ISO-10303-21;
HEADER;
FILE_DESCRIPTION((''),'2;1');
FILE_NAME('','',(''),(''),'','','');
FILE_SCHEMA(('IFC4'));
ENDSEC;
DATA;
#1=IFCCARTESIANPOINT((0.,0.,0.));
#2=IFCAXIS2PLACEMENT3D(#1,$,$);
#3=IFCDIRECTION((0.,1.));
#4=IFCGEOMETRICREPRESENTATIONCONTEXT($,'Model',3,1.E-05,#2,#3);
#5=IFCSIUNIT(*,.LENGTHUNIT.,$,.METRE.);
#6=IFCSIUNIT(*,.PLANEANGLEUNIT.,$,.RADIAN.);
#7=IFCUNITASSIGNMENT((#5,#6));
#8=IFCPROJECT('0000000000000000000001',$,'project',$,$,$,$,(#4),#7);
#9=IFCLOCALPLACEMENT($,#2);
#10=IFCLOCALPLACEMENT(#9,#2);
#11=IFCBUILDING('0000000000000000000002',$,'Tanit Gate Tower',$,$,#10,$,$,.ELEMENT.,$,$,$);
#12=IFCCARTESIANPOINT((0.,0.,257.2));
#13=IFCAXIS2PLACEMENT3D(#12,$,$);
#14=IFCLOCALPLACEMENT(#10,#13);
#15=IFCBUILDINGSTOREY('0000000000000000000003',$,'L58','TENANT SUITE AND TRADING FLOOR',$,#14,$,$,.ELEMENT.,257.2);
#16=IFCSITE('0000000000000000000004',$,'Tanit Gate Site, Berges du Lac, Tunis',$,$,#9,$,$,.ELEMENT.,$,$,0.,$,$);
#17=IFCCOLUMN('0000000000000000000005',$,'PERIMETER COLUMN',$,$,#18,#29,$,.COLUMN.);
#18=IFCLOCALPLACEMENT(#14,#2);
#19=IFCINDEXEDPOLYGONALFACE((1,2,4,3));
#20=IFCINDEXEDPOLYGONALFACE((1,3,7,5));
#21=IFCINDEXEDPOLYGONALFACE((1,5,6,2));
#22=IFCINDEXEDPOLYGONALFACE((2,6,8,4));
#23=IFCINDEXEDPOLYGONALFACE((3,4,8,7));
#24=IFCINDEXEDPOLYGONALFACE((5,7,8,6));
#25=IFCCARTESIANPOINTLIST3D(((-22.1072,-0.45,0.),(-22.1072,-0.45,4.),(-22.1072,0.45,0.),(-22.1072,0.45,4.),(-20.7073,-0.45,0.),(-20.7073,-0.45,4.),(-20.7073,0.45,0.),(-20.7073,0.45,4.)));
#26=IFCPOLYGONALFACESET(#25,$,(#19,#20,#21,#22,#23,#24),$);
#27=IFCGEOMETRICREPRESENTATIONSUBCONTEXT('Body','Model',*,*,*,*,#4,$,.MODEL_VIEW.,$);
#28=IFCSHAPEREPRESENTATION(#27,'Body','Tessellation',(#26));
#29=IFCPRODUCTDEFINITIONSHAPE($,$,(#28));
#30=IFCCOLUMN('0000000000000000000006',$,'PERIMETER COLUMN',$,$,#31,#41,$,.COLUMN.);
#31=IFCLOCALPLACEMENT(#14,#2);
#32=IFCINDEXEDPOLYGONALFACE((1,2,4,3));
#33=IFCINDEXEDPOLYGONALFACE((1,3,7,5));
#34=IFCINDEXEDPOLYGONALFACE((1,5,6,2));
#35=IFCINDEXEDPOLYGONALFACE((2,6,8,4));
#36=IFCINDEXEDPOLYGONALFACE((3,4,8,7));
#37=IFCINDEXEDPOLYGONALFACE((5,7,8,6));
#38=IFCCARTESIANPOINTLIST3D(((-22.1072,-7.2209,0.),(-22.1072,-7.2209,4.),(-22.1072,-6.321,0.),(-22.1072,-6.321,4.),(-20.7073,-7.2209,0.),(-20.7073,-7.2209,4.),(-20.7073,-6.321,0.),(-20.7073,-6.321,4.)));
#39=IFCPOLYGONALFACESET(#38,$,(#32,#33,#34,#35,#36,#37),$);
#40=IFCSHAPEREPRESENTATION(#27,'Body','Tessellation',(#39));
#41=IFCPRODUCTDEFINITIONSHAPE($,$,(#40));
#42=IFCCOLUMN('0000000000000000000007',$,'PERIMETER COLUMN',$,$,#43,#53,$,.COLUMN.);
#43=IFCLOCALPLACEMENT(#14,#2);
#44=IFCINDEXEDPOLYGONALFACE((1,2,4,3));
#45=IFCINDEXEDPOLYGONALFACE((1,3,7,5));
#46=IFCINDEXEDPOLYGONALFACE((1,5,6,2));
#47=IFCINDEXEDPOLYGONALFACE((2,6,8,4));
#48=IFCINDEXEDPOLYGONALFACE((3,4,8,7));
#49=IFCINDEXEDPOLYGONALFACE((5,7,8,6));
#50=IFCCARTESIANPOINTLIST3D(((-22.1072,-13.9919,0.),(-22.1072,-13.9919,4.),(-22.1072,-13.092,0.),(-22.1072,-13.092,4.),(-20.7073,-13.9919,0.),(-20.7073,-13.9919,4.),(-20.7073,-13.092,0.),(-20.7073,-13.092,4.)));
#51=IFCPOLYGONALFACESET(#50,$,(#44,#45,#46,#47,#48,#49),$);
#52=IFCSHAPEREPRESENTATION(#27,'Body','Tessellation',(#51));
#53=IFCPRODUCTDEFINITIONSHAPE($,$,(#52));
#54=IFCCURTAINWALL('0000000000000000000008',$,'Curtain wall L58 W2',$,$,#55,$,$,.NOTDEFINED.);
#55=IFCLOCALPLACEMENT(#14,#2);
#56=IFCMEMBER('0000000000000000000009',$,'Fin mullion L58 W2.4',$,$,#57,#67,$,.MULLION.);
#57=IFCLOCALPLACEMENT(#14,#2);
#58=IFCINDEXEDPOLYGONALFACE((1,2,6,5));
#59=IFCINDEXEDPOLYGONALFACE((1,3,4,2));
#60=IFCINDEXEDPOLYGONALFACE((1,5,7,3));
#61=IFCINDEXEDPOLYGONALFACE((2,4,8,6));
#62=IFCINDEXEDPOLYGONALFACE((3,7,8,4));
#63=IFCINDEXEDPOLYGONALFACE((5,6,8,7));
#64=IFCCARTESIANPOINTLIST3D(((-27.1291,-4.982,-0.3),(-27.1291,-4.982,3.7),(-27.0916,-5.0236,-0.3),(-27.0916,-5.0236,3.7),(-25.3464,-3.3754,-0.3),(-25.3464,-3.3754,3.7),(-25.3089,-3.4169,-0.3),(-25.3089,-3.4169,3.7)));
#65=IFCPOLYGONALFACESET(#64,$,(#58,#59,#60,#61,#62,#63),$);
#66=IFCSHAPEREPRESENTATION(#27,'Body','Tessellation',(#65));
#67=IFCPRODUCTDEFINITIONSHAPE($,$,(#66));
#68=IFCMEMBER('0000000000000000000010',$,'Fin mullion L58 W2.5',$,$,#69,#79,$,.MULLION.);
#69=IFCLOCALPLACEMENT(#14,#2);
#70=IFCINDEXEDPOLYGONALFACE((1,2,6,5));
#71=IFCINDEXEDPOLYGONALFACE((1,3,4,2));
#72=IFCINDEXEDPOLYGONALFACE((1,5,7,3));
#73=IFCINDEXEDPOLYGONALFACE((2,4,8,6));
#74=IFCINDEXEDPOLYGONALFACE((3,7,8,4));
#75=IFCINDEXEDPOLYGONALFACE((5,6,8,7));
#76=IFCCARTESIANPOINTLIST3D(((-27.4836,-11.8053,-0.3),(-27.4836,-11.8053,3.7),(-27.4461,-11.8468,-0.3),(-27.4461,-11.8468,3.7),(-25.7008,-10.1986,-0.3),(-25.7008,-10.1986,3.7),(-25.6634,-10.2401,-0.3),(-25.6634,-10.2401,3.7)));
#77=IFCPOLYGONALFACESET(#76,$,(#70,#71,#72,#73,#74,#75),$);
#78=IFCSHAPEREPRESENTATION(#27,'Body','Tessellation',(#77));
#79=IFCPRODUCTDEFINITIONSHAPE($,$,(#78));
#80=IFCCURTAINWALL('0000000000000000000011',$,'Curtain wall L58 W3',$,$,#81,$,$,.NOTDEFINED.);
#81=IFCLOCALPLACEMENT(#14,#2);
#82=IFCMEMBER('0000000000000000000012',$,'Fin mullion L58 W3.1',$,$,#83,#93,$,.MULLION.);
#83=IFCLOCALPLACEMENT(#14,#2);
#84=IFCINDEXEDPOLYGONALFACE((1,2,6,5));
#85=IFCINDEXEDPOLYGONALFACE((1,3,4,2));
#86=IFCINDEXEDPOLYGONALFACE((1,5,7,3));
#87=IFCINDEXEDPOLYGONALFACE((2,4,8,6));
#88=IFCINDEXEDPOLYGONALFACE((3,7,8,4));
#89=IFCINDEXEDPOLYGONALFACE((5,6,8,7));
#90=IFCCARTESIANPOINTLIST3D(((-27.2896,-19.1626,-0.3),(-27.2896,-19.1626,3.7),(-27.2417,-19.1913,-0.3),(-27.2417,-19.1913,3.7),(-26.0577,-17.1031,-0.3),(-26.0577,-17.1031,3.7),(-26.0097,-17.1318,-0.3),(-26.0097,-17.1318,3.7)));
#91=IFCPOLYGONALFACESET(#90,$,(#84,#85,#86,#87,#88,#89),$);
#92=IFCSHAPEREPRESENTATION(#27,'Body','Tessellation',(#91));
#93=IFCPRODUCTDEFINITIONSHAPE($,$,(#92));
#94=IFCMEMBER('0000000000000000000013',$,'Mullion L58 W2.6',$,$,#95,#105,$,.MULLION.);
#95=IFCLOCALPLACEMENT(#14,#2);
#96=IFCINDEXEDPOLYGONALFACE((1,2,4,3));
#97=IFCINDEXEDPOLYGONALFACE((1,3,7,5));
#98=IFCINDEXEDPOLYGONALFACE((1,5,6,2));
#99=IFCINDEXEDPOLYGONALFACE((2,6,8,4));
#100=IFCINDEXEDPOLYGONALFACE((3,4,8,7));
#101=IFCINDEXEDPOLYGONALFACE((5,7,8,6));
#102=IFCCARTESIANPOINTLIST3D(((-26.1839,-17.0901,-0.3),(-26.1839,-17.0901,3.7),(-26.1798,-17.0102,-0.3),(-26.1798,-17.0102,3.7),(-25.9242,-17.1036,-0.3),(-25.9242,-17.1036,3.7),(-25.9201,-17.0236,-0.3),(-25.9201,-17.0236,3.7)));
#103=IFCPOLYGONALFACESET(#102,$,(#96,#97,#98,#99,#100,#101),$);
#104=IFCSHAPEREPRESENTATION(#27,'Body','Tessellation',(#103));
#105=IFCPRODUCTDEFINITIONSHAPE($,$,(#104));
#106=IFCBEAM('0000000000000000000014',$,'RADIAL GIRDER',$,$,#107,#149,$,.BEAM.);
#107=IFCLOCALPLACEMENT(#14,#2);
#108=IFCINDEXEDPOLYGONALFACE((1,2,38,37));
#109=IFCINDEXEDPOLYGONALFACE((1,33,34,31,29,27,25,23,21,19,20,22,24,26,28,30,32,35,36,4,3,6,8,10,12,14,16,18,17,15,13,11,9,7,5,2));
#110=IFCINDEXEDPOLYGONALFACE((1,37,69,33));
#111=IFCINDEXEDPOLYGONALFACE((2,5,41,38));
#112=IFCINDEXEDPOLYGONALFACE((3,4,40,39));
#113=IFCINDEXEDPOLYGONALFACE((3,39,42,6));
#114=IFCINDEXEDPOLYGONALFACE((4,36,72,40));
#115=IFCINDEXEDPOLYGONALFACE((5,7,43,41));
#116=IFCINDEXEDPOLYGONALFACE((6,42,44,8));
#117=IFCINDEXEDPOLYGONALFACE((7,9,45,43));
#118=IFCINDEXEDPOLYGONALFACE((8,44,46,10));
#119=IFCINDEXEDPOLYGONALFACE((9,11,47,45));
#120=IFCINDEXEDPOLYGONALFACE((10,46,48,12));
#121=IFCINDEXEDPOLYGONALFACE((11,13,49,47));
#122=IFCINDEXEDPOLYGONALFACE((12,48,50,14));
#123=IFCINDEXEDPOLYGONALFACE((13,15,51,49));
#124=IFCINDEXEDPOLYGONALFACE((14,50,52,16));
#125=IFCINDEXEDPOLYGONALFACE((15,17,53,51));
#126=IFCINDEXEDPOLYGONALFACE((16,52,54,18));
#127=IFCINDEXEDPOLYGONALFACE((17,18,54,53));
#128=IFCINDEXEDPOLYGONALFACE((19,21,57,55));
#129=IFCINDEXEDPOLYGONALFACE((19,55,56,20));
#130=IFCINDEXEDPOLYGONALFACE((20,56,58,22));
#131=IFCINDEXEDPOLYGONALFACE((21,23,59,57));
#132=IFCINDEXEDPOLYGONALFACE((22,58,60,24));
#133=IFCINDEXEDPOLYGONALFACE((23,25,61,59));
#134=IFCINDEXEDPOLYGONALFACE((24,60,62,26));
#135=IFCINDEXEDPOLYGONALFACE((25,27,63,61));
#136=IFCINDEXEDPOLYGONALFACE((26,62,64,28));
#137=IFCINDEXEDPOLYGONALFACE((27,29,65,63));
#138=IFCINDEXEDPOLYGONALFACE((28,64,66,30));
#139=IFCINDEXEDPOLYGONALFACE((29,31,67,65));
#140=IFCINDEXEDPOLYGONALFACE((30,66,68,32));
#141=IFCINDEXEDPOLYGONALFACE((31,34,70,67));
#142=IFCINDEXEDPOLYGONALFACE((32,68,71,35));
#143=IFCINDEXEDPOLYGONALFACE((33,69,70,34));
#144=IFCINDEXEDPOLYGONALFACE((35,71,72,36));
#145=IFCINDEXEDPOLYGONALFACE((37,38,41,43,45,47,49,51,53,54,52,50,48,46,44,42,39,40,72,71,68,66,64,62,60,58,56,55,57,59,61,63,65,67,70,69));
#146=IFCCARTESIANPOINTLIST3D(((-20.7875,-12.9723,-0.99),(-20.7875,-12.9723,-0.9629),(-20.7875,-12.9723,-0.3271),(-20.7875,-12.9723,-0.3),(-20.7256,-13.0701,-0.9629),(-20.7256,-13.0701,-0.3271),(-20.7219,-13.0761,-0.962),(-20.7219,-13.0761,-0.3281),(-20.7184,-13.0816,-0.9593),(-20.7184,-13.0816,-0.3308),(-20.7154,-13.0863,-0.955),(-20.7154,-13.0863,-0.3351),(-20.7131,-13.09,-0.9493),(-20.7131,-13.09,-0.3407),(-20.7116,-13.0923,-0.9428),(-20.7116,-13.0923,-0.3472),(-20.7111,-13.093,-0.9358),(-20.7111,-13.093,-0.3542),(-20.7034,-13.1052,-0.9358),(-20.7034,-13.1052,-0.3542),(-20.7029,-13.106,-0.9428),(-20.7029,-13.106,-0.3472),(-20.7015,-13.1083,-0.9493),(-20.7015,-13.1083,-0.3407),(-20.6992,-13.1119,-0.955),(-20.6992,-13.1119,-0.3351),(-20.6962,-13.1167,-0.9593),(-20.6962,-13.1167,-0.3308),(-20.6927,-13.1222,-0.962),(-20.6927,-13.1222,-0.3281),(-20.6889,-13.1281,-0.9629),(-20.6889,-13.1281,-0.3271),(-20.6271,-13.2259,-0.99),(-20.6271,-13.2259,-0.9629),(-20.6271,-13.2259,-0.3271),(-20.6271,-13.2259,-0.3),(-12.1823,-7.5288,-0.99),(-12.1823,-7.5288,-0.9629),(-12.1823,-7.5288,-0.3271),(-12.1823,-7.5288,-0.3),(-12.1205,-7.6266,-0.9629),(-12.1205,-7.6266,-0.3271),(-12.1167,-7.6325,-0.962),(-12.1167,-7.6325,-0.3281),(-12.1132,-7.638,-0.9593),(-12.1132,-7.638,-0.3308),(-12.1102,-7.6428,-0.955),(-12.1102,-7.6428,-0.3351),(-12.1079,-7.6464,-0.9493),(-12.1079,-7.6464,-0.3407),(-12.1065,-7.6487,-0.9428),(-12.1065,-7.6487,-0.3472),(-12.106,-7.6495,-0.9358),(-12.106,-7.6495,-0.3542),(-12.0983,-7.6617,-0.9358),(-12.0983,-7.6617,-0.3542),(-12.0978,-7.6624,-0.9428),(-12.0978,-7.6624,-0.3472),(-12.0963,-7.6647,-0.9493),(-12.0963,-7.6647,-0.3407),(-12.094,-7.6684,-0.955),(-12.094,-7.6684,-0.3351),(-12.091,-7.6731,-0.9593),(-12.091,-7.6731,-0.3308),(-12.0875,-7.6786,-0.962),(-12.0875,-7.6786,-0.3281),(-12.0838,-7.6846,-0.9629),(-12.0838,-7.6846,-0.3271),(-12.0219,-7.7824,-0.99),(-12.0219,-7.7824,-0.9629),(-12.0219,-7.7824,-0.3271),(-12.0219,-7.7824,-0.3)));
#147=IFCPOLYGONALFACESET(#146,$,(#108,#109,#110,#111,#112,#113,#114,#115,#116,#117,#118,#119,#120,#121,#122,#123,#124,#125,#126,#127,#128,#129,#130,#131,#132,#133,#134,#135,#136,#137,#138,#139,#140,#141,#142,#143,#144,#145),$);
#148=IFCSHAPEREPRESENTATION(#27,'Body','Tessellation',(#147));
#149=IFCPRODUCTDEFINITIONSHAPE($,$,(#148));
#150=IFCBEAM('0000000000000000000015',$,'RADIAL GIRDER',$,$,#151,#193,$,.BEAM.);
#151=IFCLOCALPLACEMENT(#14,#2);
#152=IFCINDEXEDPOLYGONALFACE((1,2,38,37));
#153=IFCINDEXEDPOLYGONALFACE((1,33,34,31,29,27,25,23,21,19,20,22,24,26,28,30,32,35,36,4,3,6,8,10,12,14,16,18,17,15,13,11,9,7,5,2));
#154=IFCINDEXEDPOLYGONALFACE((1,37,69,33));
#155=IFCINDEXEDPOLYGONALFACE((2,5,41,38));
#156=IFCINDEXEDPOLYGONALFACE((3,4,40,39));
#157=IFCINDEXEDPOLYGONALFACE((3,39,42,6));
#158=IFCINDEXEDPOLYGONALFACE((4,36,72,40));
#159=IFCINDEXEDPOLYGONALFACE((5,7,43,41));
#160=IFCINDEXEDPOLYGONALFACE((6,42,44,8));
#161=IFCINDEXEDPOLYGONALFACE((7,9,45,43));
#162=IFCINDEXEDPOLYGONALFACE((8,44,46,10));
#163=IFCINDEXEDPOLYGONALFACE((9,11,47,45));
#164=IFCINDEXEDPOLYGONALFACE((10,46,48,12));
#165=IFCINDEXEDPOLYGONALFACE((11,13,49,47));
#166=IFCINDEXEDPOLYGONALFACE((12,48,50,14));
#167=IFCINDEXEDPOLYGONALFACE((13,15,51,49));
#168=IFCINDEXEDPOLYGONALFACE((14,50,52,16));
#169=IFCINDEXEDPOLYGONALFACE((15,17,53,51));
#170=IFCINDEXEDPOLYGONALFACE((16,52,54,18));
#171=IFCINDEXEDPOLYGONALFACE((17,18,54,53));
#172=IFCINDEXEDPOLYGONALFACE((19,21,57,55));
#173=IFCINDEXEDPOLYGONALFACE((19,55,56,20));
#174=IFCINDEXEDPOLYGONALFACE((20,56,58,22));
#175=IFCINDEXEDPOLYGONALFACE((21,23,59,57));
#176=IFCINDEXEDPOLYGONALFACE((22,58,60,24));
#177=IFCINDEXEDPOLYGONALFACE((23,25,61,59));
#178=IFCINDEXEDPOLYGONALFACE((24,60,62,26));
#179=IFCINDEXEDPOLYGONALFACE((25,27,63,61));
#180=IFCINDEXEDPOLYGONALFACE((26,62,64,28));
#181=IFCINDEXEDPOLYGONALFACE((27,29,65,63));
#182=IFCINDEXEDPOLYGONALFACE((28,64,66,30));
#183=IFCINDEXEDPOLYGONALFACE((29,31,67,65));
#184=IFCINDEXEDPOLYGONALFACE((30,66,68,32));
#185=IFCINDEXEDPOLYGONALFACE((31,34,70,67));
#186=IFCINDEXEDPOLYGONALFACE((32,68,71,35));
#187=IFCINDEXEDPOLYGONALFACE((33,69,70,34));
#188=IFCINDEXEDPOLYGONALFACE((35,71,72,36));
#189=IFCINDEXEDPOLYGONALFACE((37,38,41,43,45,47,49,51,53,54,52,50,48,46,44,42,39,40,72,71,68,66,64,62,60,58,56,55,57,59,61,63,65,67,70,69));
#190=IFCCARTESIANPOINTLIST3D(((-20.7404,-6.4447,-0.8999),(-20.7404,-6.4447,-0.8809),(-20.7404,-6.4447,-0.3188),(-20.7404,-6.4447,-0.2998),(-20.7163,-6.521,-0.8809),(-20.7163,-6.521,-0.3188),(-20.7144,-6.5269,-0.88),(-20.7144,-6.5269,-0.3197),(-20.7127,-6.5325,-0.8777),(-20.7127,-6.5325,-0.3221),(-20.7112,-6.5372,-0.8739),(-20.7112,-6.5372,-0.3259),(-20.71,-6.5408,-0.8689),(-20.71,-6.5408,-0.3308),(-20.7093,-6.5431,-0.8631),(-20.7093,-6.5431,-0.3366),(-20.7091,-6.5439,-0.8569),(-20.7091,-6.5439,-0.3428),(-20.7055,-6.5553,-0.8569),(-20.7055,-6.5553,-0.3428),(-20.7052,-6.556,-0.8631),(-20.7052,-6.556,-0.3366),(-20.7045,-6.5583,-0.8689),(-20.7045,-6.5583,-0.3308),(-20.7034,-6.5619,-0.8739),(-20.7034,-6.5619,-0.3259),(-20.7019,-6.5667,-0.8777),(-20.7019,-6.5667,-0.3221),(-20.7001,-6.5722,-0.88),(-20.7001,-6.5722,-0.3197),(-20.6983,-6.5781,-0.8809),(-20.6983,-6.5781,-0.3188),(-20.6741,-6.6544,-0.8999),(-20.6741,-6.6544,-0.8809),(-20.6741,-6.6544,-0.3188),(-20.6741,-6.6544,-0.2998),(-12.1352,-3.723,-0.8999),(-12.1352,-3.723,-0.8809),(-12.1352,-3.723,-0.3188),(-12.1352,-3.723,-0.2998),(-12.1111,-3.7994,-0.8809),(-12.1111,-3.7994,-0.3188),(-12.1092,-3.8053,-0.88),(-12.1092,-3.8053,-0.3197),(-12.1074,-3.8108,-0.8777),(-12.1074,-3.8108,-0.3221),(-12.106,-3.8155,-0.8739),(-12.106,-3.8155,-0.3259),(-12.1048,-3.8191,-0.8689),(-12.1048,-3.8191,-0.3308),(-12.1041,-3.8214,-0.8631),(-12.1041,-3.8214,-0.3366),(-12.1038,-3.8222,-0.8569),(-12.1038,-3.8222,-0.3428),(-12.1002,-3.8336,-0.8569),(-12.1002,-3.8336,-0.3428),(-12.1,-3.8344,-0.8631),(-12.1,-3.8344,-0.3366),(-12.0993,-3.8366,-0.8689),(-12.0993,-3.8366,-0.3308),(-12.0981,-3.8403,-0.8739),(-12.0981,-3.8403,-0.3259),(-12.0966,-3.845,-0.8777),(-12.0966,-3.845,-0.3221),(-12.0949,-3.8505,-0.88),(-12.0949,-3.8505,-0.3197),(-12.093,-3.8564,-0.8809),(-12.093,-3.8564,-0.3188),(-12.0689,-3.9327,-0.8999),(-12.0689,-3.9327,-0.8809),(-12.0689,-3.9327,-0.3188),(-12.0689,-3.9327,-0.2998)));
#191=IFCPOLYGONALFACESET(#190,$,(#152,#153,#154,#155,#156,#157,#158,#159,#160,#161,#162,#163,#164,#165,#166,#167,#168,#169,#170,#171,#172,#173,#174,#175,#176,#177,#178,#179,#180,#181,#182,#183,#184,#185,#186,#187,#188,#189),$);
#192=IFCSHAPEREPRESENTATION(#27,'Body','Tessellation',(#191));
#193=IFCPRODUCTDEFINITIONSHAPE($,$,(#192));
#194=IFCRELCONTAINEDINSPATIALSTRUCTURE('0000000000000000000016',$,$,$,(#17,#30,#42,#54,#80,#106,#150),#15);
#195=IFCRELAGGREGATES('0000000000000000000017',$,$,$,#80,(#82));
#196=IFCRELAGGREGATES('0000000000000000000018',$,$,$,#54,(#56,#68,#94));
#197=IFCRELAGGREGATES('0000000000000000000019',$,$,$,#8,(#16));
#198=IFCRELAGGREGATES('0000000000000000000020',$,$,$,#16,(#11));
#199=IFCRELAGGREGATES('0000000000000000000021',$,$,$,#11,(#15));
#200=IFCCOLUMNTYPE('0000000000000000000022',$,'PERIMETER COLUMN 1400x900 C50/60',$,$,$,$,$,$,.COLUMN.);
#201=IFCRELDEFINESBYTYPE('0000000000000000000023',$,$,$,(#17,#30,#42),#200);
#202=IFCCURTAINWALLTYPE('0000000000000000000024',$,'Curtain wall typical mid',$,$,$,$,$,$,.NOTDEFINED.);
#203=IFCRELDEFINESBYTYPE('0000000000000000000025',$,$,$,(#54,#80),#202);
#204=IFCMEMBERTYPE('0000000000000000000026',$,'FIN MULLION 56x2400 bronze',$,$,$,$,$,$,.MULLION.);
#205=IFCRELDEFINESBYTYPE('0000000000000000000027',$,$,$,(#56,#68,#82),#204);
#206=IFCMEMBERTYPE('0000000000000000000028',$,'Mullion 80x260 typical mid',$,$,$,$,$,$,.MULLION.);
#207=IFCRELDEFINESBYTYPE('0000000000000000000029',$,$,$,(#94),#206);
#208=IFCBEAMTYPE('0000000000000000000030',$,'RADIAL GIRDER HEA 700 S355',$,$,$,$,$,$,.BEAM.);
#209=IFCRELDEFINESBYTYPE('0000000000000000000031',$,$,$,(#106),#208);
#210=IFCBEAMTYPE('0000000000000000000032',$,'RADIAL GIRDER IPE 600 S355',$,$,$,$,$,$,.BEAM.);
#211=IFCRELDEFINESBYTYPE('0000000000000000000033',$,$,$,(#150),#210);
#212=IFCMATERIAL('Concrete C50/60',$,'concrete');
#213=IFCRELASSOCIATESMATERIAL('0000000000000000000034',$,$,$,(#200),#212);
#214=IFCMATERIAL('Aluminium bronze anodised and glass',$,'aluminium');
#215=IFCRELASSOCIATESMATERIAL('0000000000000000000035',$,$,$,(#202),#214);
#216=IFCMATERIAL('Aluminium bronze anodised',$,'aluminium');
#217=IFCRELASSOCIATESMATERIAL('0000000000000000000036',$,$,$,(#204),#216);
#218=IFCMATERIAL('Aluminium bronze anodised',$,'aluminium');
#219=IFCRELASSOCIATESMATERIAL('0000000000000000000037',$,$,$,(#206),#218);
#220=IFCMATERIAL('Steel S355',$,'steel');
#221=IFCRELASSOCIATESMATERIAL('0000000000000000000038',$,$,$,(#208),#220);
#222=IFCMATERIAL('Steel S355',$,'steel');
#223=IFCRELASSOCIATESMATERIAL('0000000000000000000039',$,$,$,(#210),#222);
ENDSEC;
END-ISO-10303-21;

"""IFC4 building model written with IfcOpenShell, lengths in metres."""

from ifc_helpers import new_model, si_unit, direction, frame, origin, origin_2d, place, context, subcontext, project, spatial, rectangle, i_section, extrude, material, material_profile, profile_set, type_object, element, aggregate, save


model = new_model("IFC4")

# Units and contexts
model_context = context("Model", 3, precision=1e-05, world=origin(), true_north=direction((0.0, 1.0)))
body_context = subcontext(model_context, "Body", "Model", "MODEL_VIEW")
ifc_project = project(units=[si_unit("LENGTHUNIT", "METRE"), si_unit("PLANEANGLEUNIT", "RADIAN")], contexts=[model_context])

# Site, building, storey
site_placement = place(None, origin())
site = spatial("IfcSite", under=ifc_project, at=site_placement, Name="Tanit Gate Site, Berges du Lac, Tunis", CompositionType="ELEMENT", RefElevation=0.0)
building_placement = place(site_placement, origin())
building = spatial("IfcBuilding", under=site, at=building_placement, Name="Tanit Gate Tower", CompositionType="ELEMENT")
storey_placement = place(building_placement, frame((0.0, 0.0, 257.2)))
storey = spatial("IfcBuildingStorey", under=building, at=storey_placement, Name="L58", Description="TENANT SUITE AND TRADING FLOOR", CompositionType="ELEMENT", Elevation=257.2)

# Columns
ifc_material_1 = material(Name="Concrete C50/60", Category="concrete")
ifc_material_profile_1 = material_profile(ifc_material_1, rectangle(XDim=1.3999, YDim=0.8999, at=origin_2d()), Name="RC 1400x900")
ifc_profile_set_1 = profile_set([ifc_material_profile_1], Name="Concrete C50/60")
column_type = type_object("IfcColumnType", Name="PERIMETER COLUMN 1400x900 C50/60", PredefinedType="COLUMN", material=ifc_profile_set_1)
for number, where, z_axis, x_axis, name in (
    (1, (-21.4072, 0.0, 0.0), (0.0, 0.0, 1.0), (-1.0, 0.0, 0.0), "PERIMETER COLUMN"),
    (2, (-21.4072, -6.771, 0.0), (0.0, 0.0, 1.0), (-1.0, 0.0, 0.0), "PERIMETER COLUMN"),
    (3, (-21.4072, -13.542, 0.0), (0.0, 0.0, 1.0), (-1.0, 0.0, 0.0), "PERIMETER COLUMN"),
):
    element("IfcColumn", number, at=place(storey_placement, frame(where, z_axis=z_axis, x_axis=x_axis)), inside=storey, type_object=column_type, Name=name, PredefinedType="COLUMN", context=body_context, shape_type="SweptSolid", body=[
        extrude(rectangle(XDim=1.3999, YDim=0.8999, at=origin_2d()), origin(), (0.0, 0.0, 1.0), 4.0),
    ])

# Curtain wall, members
ifc_material_2 = material(Name="Aluminium bronze anodised and glass", Category="aluminium")
curtain_wall_type = type_object("IfcCurtainWallType", Name="Curtain wall typical mid", PredefinedType="NOTDEFINED", material=ifc_material_2)
curtain_wall_1_placement = place(storey_placement, origin())
curtain_wall_1 = element("IfcCurtainWall", 4, at=curtain_wall_1_placement, inside=storey, type_object=curtain_wall_type, Name="Curtain wall L58 W2", PredefinedType="NOTDEFINED")
ifc_material_3 = material(Name="Aluminium bronze anodised", Category="aluminium")
ifc_material_profile_2 = material_profile(ifc_material_3, rectangle(XDim=2.3999, YDim=0.0559, at=origin_2d()), Name="56x2400 bronze fin mullion")
ifc_profile_set_2 = profile_set([ifc_material_profile_2], Name="Aluminium bronze anodised")
member_type_1 = type_object("IfcMemberType", Name="FIN MULLION 56x2400 bronze", PredefinedType="MULLION", material=ifc_profile_set_2)
member_1_placement = place(storey_placement, frame((-26.219, -4.1995, -0.3), z_axis=(0.0, 0.0, 1.0), x_axis=(0.742829, 0.669481, 0.0)))
member_1 = element("IfcMember", 5, at=member_1_placement, type_object=member_type_1, Name="Fin mullion L58 W2.4", PredefinedType="MULLION", context=body_context, shape_type="SweptSolid", body=[
    extrude(rectangle(XDim=2.3999, YDim=0.0559, at=origin_2d()), origin(), (0.0, 0.0, 1.0), 4.0),
])
member_2_placement = place(storey_placement, frame((-26.5735, -11.0227, -0.3), z_axis=(0.0, 0.0, 1.0), x_axis=(0.742829, 0.669481, 0.0)))
member_2 = element("IfcMember", 6, at=member_2_placement, type_object=member_type_1, Name="Fin mullion L58 W2.5", PredefinedType="MULLION", context=body_context, shape_type="SweptSolid", body=[
    extrude(rectangle(XDim=2.3999, YDim=0.0559, at=origin_2d()), origin(), (0.0, 0.0, 1.0), 4.0),
])

# Curtain wall, member
curtain_wall_2_placement = place(storey_placement, origin())
curtain_wall_2 = element("IfcCurtainWall", 7, at=curtain_wall_2_placement, inside=storey, type_object=curtain_wall_type, Name="Curtain wall L58 W3", PredefinedType="NOTDEFINED")
member_3_placement = place(storey_placement, frame((-26.6497, -18.1472, -0.3), z_axis=(0.0, 0.0, 1.0), x_axis=(0.513349, 0.85818, 0.0)))
member_3 = element("IfcMember", 8, at=member_3_placement, type_object=member_type_1, Name="Fin mullion L58 W3.1", PredefinedType="MULLION", context=body_context, shape_type="SweptSolid", body=[
    extrude(rectangle(XDim=2.3999, YDim=0.0559, at=origin_2d()), origin(), (0.0, 0.0, 1.0), 4.0),
])

# Member
ifc_material_4 = material(Name="Aluminium bronze anodised", Category="aluminium")
ifc_material_profile_3 = material_profile(ifc_material_4, rectangle(XDim=0.26, YDim=0.0801, at=origin_2d()), Name="80x260 bronze mullion")
ifc_profile_set_3 = profile_set([ifc_material_profile_3], Name="Aluminium bronze anodised")
member_type_2 = type_object("IfcMemberType", Name="Mullion 80x260 typical mid", PredefinedType="MULLION", material=ifc_profile_set_3)
member_4_placement = place(storey_placement, frame((-26.052, -17.0569, -0.3), z_axis=(0.0, 0.0, 1.0), x_axis=(0.998654, -0.051865, 0.0)))
member_4 = element("IfcMember", 9, at=member_4_placement, type_object=member_type_2, Name="Mullion L58 W2.6", PredefinedType="MULLION", context=body_context, shape_type="SweptSolid", body=[
    extrude(rectangle(XDim=0.26, YDim=0.0801, at=origin_2d()), origin(), (0.0, 0.0, 1.0), 4.0),
])

# Beams
ifc_material_5 = material(Name="Steel S355", Category="steel")
ifc_material_profile_4 = material_profile(ifc_material_5, i_section(OverallWidth=0.3, OverallDepth=0.6899, WebThickness=0.0144, FlangeThickness=0.0271, FilletRadius=0.0271, at=origin_2d()), Name="HEA 700")
ifc_profile_set_4 = profile_set([ifc_material_profile_4], Name="Steel S355")
beam_type_1 = type_object("IfcBeamType", Name="RADIAL GIRDER HEA 700 S355", PredefinedType="BEAM", material=ifc_profile_set_4)
beam_1_placement = place(storey_placement, frame((-20.7073, -13.0991, -0.645), z_axis=(0.845102, 0.534605, 0.0), x_axis=(-0.534605, 0.845102, 0.0)))
element("IfcBeam", 10, at=beam_1_placement, inside=storey, type_object=beam_type_1, Name="RADIAL GIRDER", PredefinedType="BEAM", context=body_context, shape_type="SweptSolid", body=[
    extrude(i_section(OverallWidth=0.3, OverallDepth=0.6899, WebThickness=0.0144, FlangeThickness=0.0271, FilletRadius=0.0271, at=origin_2d()), origin(), (0.0, 0.0, 1.0), 10.1824),
])
ifc_material_6 = material(Name="Steel S355", Category="steel")
ifc_material_profile_5 = material_profile(ifc_material_6, i_section(OverallWidth=0.22, OverallDepth=0.6001, WebThickness=0.012, FlangeThickness=0.019, FilletRadius=0.0239, at=origin_2d()), Name="IPE 600")
ifc_profile_set_5 = profile_set([ifc_material_profile_5], Name="Steel S355")
beam_type_2 = type_object("IfcBeamType", Name="RADIAL GIRDER IPE 600 S355", PredefinedType="BEAM", material=ifc_profile_set_5)
beam_2_placement = place(storey_placement, frame((-20.7073, -6.5496, -0.5999), z_axis=(0.953448, 0.301559, 0.0), x_axis=(-0.301559, 0.953448, 0.0)))
element("IfcBeam", 11, at=beam_2_placement, inside=storey, type_object=beam_type_2, Name="RADIAL GIRDER", PredefinedType="BEAM", context=body_context, shape_type="SweptSolid", body=[
    extrude(i_section(OverallWidth=0.22, OverallDepth=0.6001, WebThickness=0.012, FlangeThickness=0.019, FilletRadius=0.0239, at=origin_2d()), origin(), (0.0, 0.0, 1.0), 9.0254),
])

aggregate(curtain_wall_2, [member_3])

aggregate(curtain_wall_1, [member_1, member_2, member_4])

save(model, "model.ifc")
